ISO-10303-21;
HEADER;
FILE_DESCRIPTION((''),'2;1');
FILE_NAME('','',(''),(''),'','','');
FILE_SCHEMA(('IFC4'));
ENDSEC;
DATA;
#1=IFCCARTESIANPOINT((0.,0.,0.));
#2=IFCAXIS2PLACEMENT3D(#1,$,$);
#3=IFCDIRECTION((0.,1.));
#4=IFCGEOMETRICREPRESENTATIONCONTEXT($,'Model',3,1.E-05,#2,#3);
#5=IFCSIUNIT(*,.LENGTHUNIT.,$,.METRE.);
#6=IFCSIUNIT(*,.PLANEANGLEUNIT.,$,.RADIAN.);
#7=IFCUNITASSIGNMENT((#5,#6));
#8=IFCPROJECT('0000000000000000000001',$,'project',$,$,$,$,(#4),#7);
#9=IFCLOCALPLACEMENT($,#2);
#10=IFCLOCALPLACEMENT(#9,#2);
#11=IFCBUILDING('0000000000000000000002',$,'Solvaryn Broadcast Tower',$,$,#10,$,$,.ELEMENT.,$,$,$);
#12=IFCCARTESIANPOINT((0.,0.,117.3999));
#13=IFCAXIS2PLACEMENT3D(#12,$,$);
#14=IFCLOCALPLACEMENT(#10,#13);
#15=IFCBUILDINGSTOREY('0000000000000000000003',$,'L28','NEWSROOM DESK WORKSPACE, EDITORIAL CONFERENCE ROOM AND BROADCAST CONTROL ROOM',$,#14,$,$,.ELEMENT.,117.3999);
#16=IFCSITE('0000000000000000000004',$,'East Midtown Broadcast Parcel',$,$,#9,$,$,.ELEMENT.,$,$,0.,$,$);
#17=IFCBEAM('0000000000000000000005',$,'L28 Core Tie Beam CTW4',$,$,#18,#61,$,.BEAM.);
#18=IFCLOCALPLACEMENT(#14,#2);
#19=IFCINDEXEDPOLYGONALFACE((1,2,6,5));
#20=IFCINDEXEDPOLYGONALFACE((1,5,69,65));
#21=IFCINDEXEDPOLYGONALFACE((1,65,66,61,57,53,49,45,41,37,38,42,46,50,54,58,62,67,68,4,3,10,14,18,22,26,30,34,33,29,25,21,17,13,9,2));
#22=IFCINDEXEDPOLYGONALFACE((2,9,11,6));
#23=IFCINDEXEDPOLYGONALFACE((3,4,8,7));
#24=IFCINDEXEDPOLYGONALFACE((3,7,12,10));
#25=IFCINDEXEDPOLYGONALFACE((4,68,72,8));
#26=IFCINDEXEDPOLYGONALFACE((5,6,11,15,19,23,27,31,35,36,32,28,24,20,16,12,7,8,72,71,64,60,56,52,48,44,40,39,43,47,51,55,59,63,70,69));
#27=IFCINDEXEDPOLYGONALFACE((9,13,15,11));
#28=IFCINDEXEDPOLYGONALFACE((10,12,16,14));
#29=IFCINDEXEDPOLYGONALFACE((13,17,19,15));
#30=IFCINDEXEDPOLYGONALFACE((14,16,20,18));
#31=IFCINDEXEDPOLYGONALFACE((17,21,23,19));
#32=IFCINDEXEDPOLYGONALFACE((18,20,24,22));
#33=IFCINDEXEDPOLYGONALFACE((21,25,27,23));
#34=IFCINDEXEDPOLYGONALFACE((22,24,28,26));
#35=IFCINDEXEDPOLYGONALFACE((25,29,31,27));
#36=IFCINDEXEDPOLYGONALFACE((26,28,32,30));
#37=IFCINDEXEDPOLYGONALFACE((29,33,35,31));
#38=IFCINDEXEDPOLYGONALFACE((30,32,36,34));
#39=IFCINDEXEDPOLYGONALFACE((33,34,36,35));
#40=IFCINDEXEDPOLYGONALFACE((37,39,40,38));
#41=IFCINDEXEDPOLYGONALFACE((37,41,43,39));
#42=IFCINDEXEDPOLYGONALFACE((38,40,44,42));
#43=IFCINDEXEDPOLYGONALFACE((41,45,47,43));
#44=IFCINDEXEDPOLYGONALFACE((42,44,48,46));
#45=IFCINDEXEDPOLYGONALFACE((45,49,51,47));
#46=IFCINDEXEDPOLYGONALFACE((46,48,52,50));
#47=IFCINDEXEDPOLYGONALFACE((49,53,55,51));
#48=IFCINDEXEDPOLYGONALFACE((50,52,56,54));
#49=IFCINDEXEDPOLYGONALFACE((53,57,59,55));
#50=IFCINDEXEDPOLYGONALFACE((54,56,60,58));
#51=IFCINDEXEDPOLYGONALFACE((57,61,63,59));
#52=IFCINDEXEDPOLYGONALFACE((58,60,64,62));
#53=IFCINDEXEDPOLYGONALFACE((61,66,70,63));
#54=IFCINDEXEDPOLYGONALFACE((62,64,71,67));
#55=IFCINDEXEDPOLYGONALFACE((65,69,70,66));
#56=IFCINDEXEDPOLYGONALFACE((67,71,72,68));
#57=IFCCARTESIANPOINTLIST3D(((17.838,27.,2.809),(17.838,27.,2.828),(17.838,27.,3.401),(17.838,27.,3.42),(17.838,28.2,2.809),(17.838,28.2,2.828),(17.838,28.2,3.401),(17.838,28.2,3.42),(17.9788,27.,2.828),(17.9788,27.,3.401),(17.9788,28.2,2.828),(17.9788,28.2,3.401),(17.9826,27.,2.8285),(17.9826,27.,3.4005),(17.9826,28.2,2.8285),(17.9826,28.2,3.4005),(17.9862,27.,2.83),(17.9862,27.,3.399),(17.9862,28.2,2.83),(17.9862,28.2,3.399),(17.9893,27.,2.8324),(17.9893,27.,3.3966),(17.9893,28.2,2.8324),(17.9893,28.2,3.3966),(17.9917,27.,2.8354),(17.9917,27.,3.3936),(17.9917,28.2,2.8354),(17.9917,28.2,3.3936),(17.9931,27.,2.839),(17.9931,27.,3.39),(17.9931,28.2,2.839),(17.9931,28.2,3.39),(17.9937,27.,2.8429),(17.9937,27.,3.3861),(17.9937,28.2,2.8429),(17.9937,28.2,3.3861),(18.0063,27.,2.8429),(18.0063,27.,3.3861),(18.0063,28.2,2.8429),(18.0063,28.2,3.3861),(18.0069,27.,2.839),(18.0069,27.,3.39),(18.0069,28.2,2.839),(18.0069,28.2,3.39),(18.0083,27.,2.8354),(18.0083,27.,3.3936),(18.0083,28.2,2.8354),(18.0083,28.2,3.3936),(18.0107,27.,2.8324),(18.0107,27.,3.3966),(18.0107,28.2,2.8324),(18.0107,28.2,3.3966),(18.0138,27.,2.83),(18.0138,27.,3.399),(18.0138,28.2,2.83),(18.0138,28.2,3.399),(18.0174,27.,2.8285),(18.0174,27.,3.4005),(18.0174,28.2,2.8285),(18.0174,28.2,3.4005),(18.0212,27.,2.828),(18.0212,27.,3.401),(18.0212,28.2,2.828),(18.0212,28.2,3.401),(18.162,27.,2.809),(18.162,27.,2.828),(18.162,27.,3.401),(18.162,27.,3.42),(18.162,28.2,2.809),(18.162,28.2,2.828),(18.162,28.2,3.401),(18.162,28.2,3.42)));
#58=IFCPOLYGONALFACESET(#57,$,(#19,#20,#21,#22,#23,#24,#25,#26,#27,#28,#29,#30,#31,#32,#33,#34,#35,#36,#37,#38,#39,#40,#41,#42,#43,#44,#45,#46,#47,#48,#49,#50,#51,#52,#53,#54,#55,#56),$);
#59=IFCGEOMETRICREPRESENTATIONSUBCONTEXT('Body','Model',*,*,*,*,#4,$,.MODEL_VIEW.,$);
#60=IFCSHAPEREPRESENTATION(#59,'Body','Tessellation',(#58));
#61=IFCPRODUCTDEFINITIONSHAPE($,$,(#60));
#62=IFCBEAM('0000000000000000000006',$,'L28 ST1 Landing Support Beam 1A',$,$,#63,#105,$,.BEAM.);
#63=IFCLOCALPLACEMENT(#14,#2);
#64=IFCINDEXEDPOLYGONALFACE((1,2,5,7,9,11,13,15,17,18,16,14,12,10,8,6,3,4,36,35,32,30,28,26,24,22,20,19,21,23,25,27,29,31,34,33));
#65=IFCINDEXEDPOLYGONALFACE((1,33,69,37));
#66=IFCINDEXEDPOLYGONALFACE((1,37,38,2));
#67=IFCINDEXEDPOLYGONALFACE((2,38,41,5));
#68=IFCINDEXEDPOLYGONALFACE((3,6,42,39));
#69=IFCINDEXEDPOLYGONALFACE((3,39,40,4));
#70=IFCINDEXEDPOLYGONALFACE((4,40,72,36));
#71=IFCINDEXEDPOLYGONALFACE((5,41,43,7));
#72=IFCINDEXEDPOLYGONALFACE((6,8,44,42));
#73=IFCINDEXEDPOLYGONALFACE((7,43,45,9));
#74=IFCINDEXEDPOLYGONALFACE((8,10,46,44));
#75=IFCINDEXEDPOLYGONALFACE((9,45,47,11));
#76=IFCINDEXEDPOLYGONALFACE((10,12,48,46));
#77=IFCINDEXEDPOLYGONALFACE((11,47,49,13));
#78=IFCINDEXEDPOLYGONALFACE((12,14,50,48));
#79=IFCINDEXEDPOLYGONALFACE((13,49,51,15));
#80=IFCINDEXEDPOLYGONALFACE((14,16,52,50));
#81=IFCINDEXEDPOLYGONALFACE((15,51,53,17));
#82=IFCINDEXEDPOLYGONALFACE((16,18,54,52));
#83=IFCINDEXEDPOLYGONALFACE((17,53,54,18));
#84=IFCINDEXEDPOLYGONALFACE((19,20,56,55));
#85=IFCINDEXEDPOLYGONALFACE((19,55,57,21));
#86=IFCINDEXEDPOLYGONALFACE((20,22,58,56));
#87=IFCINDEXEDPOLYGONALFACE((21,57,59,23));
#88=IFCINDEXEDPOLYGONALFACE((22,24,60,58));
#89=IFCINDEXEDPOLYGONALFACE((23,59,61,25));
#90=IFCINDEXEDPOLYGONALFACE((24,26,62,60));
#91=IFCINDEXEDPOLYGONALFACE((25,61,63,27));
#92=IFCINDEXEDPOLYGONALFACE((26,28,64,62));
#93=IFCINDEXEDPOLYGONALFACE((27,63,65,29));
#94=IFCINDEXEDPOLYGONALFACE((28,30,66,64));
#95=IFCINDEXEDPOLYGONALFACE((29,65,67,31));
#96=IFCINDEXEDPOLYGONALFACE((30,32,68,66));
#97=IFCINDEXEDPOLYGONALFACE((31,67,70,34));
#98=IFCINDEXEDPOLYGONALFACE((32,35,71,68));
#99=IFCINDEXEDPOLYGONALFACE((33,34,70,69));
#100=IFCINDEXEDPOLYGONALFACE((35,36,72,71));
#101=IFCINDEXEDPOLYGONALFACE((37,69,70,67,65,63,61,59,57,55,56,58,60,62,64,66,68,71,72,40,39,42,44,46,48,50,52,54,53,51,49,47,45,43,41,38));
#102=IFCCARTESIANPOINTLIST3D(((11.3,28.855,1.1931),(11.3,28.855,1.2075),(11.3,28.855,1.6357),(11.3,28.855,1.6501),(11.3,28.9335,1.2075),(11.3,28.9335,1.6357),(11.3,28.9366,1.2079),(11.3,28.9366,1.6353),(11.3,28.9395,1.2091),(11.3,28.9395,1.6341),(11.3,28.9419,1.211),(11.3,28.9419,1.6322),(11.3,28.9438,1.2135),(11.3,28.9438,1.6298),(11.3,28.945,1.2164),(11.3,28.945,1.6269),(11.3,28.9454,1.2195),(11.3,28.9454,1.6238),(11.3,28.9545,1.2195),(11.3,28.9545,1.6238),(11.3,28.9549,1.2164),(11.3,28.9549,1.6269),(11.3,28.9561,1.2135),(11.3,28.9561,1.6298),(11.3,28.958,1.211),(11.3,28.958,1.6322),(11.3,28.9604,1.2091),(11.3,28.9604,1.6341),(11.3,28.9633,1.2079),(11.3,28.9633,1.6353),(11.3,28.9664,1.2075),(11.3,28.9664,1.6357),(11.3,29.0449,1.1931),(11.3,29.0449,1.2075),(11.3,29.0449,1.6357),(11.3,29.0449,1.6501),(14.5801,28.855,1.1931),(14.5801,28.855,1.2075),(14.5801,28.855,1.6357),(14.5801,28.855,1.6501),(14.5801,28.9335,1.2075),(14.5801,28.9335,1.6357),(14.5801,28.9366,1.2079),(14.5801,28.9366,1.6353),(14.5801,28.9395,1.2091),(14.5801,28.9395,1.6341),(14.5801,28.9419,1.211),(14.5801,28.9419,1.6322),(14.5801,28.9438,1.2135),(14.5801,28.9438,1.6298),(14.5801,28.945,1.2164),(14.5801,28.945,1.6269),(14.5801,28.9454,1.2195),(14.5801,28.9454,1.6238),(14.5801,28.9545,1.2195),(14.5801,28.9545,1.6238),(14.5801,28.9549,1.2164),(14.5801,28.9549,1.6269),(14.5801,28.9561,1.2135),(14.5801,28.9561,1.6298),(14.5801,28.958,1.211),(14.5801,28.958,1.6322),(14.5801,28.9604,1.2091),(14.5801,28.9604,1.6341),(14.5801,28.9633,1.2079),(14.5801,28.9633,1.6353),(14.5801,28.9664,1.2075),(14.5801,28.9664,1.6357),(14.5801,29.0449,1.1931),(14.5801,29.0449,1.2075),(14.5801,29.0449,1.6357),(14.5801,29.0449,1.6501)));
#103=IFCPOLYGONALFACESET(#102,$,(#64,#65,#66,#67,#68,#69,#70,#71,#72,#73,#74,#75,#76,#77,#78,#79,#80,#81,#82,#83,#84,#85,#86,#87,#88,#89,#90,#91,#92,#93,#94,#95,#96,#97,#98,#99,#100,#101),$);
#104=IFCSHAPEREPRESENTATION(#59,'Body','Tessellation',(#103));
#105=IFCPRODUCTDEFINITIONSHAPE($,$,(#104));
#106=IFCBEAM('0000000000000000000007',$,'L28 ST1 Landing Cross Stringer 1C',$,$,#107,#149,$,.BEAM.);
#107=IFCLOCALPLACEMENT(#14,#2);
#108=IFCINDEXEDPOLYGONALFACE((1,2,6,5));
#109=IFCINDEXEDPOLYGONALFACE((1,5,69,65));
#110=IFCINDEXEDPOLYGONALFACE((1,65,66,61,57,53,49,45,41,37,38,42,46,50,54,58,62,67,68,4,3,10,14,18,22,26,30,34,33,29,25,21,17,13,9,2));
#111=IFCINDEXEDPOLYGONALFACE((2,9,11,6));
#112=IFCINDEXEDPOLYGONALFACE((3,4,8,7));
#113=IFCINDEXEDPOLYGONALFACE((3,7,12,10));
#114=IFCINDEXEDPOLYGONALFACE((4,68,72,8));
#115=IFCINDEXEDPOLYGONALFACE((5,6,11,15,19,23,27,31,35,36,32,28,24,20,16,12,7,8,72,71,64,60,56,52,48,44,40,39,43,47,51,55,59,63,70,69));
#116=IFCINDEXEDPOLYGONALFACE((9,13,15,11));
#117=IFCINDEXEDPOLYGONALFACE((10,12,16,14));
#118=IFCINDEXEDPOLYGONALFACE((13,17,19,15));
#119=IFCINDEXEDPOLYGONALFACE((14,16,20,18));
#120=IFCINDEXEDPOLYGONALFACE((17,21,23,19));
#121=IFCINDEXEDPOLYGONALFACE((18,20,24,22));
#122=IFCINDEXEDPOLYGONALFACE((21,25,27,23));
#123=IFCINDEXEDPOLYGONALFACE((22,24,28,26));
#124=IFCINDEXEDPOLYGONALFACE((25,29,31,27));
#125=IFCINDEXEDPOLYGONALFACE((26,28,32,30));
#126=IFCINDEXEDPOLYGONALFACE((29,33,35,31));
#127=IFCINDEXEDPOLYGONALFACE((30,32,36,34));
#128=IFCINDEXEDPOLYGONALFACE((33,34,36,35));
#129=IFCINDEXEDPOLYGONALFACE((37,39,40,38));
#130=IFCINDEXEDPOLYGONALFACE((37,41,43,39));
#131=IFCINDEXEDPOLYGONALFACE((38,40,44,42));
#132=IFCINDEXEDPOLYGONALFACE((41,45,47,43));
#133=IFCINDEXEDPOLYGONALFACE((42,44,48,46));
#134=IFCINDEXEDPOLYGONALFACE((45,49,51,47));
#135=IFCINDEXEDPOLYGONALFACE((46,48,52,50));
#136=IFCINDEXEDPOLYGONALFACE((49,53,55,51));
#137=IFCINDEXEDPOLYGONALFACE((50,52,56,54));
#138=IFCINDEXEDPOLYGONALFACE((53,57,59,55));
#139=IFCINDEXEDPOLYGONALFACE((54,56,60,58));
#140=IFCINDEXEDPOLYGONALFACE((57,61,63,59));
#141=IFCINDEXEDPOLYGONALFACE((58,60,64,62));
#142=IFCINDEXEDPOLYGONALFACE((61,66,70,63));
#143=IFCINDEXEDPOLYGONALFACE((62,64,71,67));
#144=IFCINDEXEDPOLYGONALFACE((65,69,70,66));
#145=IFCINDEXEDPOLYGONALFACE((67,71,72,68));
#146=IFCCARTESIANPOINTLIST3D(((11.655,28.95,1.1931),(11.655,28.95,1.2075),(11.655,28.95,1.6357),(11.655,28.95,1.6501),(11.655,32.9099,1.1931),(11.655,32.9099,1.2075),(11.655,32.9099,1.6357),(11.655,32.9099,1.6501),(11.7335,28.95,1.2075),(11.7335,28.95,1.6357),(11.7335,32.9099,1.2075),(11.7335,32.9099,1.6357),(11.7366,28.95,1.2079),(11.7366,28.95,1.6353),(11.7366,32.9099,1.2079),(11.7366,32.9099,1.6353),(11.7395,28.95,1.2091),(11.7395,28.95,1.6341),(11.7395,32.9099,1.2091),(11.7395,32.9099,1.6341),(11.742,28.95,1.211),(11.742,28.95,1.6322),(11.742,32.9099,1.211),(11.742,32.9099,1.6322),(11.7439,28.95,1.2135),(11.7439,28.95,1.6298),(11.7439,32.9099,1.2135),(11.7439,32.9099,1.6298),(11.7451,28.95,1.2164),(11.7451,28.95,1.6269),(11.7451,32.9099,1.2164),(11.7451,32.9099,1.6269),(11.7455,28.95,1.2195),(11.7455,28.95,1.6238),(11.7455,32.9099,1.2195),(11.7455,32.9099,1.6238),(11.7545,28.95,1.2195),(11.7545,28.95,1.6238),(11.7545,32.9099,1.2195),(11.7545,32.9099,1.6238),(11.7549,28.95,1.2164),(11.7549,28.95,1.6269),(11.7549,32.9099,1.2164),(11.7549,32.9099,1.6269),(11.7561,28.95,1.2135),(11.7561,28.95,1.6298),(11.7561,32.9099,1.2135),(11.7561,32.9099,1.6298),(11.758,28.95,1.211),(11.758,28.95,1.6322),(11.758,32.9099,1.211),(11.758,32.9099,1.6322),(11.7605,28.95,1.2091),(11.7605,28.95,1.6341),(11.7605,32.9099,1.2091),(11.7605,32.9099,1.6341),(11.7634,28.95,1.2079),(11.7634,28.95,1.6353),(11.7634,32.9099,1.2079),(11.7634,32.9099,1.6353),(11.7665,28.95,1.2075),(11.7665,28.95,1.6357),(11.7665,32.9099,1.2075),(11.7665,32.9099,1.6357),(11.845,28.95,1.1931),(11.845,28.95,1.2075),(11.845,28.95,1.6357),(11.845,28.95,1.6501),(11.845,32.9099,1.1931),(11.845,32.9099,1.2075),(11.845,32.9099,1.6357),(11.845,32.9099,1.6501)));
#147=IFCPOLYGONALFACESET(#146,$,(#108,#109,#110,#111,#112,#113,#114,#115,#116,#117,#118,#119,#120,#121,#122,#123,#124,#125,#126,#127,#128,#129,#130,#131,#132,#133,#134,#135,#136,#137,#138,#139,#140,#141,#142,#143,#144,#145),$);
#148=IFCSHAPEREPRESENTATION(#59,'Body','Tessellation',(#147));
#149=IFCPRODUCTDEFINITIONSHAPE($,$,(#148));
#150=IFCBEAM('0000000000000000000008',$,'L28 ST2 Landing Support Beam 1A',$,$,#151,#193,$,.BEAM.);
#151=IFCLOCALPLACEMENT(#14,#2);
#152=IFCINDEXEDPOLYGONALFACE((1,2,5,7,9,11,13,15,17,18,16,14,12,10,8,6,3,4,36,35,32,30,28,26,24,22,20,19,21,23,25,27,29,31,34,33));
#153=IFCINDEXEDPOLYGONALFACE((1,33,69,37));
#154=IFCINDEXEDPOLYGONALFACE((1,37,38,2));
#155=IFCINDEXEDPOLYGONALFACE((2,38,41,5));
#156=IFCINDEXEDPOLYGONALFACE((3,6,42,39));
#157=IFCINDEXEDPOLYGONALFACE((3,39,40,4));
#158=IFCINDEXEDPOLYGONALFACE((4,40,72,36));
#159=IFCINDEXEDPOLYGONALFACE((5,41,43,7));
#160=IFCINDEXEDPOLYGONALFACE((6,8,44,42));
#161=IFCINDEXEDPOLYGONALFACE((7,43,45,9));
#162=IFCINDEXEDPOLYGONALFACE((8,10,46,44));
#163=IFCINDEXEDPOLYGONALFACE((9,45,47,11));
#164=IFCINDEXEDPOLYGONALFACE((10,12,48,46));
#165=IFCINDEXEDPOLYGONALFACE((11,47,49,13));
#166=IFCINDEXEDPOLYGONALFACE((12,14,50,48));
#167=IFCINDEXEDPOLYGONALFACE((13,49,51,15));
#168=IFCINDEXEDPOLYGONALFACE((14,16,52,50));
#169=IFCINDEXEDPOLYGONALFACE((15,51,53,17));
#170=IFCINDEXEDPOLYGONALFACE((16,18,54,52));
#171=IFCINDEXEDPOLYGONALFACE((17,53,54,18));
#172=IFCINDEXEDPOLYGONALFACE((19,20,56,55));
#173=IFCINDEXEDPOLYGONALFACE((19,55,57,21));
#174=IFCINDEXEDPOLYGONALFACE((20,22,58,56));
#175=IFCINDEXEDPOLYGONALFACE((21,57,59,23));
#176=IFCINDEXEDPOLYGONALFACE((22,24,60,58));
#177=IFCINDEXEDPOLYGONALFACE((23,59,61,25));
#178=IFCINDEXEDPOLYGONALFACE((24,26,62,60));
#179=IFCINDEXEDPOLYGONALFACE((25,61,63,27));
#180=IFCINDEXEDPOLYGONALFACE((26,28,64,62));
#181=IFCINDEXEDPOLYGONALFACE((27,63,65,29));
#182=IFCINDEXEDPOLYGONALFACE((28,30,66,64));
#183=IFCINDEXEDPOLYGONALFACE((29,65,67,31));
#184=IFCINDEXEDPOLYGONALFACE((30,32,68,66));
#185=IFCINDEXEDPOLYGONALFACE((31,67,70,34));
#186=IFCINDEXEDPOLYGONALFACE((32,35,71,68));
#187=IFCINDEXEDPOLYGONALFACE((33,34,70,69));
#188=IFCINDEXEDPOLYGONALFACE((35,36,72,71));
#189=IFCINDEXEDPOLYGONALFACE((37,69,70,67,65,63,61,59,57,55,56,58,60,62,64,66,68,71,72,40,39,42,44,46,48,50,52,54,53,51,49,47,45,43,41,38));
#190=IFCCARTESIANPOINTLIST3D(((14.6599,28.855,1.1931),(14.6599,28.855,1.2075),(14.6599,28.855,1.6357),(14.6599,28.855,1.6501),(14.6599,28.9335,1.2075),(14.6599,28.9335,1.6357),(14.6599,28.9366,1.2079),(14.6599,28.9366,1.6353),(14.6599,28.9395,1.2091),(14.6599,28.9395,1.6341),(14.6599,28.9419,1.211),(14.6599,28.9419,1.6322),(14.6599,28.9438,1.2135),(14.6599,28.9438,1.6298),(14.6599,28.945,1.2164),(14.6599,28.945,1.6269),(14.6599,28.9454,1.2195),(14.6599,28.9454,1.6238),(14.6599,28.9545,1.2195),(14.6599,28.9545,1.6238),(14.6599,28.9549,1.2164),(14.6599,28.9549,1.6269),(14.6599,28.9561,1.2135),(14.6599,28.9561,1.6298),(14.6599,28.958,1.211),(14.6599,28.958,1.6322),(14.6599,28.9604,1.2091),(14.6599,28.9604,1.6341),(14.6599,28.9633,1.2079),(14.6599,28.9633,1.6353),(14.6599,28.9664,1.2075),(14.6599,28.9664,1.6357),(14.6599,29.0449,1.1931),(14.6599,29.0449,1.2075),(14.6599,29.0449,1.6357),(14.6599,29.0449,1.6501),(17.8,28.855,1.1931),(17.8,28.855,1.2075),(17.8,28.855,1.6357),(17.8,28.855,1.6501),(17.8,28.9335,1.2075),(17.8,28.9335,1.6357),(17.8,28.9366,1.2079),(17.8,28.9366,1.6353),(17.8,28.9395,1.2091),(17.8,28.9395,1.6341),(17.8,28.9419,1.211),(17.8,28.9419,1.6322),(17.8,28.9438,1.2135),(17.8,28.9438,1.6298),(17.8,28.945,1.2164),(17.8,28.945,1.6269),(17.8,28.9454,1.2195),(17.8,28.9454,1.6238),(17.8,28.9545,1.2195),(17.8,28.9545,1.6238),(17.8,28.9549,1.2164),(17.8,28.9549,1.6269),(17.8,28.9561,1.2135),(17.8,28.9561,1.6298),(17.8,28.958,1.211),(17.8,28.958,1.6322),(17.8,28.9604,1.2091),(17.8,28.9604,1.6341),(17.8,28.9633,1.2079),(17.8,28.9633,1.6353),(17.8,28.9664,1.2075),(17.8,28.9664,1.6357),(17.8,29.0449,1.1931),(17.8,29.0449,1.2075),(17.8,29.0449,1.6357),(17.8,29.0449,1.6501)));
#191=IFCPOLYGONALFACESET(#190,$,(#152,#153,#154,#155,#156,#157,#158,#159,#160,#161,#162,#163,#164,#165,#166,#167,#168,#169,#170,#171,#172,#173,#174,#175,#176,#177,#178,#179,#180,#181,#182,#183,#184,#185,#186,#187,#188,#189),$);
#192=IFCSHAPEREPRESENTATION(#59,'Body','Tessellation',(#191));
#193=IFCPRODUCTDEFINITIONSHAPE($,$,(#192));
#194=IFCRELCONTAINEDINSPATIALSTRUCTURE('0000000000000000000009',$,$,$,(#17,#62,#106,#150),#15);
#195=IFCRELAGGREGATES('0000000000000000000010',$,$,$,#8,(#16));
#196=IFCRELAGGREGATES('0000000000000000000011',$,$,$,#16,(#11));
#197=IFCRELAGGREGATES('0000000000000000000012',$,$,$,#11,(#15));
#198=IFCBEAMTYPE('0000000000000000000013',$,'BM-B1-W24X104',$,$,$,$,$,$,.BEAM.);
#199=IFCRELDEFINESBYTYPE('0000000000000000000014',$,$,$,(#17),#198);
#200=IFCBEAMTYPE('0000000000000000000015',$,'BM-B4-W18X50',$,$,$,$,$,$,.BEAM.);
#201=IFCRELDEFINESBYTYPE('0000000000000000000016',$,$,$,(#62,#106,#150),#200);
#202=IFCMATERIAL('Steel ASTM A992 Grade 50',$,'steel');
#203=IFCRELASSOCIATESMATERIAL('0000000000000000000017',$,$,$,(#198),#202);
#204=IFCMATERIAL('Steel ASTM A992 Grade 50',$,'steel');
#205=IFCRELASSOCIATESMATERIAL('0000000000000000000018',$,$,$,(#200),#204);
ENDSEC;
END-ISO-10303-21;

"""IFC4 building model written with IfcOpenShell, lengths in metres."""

from ifc_helpers import new_model, si_unit, direction, frame, origin, origin_2d, place, context, subcontext, project, spatial, i_section, extrude, material, material_profile, profile_set, type_object, element, save


model = new_model("IFC4")

# Units and contexts
model_context = context("Model", 3, precision=1e-05, world=origin(), true_north=direction((0.0, 1.0)))
body_context = subcontext(model_context, "Body", "Model", "MODEL_VIEW")
ifc_project = project(units=[si_unit("LENGTHUNIT", "METRE"), si_unit("PLANEANGLEUNIT", "RADIAN")], contexts=[model_context])

# Site, building, storey
site_placement = place(None, origin())
site = spatial("IfcSite", under=ifc_project, at=site_placement, Name="East Midtown Broadcast Parcel", CompositionType="ELEMENT", RefElevation=0.0)
building_placement = place(site_placement, origin())
building = spatial("IfcBuilding", under=site, at=building_placement, Name="Solvaryn Broadcast Tower", CompositionType="ELEMENT")
storey_placement = place(building_placement, frame((0.0, 0.0, 117.3999)))
storey = spatial("IfcBuildingStorey", under=building, at=storey_placement, Name="L28", Description="NEWSROOM DESK WORKSPACE, EDITORIAL CONFERENCE ROOM AND BROADCAST CONTROL ROOM", CompositionType="ELEMENT", Elevation=117.3999)

# Beams
ifc_material_1 = material(Name="Steel ASTM A992 Grade 50", Category="steel")
ifc_material_profile_1 = material_profile(ifc_material_1, i_section(OverallWidth=0.324, OverallDepth=0.6111, WebThickness=0.0127, FlangeThickness=0.019, FilletRadius=0.0149, at=origin_2d()))
ifc_profile_set_1 = profile_set([ifc_material_profile_1], Name="Steel ASTM A992 Grade 50")
beam_type_1 = type_object("IfcBeamType", Name="BM-B1-W24X104", PredefinedType="BEAM", material=ifc_profile_set_1)
beam_1_placement = place(storey_placement, frame((18.0, 27.0, 3.1145), z_axis=(0.0, 1.0, 0.0), x_axis=(-1.0, 0.0, 0.0)))
element("IfcBeam", 1, at=beam_1_placement, inside=storey, type_object=beam_type_1, Name="L28 Core Tie Beam CTW4", PredefinedType="BEAM", context=body_context, shape_type="SweptSolid", body=[
    extrude(i_section(OverallWidth=0.324, OverallDepth=0.6111, WebThickness=0.0127, FlangeThickness=0.019, FilletRadius=0.0149, at=origin_2d()), origin(), (0.0, 0.0, 1.0), 1.2),
])
ifc_material_2 = material(Name="Steel ASTM A992 Grade 50", Category="steel")
ifc_material_profile_2 = material_profile(ifc_material_2, i_section(OverallWidth=0.1899, OverallDepth=0.457, WebThickness=0.009, FlangeThickness=0.0144, FilletRadius=0.012, at=origin_2d()))
ifc_profile_set_2 = profile_set([ifc_material_profile_2], Name="Steel ASTM A992 Grade 50")
beam_type_2 = type_object("IfcBeamType", Name="BM-B4-W18X50", PredefinedType="BEAM", material=ifc_profile_set_2)
beam_2_placement = place(storey_placement, frame((11.3, 28.95, 1.4216), z_axis=(1.0, 0.0, 0.0), x_axis=(0.0, 1.0, 0.0)))
element("IfcBeam", 2, at=beam_2_placement, inside=storey, type_object=beam_type_2, Name="L28 ST1 Landing Support Beam 1A", PredefinedType="BEAM", context=body_context, shape_type="SweptSolid", body=[
    extrude(i_section(OverallWidth=0.1899, OverallDepth=0.457, WebThickness=0.009, FlangeThickness=0.0144, FilletRadius=0.012, at=origin_2d()), origin(), (0.0, 0.0, 1.0), 3.28),
])
beam_3_placement = place(storey_placement, frame((11.75, 28.95, 1.4216), z_axis=(0.0, 1.0, 0.0), x_axis=(-1.0, 0.0, 0.0)))
element("IfcBeam", 3, at=beam_3_placement, inside=storey, type_object=beam_type_2, Name="L28 ST1 Landing Cross Stringer 1C", PredefinedType="BEAM", context=body_context, shape_type="SweptSolid", body=[
    extrude(i_section(OverallWidth=0.1899, OverallDepth=0.457, WebThickness=0.009, FlangeThickness=0.0144, FilletRadius=0.012, at=origin_2d()), origin(), (0.0, 0.0, 1.0), 3.96),
])
beam_4_placement = place(storey_placement, frame((14.6599, 28.95, 1.4216), z_axis=(1.0, 0.0, 0.0), x_axis=(0.0, 1.0, 0.0)))
element("IfcBeam", 4, at=beam_4_placement, inside=storey, type_object=beam_type_2, Name="L28 ST2 Landing Support Beam 1A", PredefinedType="BEAM", context=body_context, shape_type="SweptSolid", body=[
    extrude(i_section(OverallWidth=0.1899, OverallDepth=0.457, WebThickness=0.009, FlangeThickness=0.0144, FilletRadius=0.012, at=origin_2d()), origin(), (0.0, 0.0, 1.0), 3.1401),
])

save(model, "model.ifc")
